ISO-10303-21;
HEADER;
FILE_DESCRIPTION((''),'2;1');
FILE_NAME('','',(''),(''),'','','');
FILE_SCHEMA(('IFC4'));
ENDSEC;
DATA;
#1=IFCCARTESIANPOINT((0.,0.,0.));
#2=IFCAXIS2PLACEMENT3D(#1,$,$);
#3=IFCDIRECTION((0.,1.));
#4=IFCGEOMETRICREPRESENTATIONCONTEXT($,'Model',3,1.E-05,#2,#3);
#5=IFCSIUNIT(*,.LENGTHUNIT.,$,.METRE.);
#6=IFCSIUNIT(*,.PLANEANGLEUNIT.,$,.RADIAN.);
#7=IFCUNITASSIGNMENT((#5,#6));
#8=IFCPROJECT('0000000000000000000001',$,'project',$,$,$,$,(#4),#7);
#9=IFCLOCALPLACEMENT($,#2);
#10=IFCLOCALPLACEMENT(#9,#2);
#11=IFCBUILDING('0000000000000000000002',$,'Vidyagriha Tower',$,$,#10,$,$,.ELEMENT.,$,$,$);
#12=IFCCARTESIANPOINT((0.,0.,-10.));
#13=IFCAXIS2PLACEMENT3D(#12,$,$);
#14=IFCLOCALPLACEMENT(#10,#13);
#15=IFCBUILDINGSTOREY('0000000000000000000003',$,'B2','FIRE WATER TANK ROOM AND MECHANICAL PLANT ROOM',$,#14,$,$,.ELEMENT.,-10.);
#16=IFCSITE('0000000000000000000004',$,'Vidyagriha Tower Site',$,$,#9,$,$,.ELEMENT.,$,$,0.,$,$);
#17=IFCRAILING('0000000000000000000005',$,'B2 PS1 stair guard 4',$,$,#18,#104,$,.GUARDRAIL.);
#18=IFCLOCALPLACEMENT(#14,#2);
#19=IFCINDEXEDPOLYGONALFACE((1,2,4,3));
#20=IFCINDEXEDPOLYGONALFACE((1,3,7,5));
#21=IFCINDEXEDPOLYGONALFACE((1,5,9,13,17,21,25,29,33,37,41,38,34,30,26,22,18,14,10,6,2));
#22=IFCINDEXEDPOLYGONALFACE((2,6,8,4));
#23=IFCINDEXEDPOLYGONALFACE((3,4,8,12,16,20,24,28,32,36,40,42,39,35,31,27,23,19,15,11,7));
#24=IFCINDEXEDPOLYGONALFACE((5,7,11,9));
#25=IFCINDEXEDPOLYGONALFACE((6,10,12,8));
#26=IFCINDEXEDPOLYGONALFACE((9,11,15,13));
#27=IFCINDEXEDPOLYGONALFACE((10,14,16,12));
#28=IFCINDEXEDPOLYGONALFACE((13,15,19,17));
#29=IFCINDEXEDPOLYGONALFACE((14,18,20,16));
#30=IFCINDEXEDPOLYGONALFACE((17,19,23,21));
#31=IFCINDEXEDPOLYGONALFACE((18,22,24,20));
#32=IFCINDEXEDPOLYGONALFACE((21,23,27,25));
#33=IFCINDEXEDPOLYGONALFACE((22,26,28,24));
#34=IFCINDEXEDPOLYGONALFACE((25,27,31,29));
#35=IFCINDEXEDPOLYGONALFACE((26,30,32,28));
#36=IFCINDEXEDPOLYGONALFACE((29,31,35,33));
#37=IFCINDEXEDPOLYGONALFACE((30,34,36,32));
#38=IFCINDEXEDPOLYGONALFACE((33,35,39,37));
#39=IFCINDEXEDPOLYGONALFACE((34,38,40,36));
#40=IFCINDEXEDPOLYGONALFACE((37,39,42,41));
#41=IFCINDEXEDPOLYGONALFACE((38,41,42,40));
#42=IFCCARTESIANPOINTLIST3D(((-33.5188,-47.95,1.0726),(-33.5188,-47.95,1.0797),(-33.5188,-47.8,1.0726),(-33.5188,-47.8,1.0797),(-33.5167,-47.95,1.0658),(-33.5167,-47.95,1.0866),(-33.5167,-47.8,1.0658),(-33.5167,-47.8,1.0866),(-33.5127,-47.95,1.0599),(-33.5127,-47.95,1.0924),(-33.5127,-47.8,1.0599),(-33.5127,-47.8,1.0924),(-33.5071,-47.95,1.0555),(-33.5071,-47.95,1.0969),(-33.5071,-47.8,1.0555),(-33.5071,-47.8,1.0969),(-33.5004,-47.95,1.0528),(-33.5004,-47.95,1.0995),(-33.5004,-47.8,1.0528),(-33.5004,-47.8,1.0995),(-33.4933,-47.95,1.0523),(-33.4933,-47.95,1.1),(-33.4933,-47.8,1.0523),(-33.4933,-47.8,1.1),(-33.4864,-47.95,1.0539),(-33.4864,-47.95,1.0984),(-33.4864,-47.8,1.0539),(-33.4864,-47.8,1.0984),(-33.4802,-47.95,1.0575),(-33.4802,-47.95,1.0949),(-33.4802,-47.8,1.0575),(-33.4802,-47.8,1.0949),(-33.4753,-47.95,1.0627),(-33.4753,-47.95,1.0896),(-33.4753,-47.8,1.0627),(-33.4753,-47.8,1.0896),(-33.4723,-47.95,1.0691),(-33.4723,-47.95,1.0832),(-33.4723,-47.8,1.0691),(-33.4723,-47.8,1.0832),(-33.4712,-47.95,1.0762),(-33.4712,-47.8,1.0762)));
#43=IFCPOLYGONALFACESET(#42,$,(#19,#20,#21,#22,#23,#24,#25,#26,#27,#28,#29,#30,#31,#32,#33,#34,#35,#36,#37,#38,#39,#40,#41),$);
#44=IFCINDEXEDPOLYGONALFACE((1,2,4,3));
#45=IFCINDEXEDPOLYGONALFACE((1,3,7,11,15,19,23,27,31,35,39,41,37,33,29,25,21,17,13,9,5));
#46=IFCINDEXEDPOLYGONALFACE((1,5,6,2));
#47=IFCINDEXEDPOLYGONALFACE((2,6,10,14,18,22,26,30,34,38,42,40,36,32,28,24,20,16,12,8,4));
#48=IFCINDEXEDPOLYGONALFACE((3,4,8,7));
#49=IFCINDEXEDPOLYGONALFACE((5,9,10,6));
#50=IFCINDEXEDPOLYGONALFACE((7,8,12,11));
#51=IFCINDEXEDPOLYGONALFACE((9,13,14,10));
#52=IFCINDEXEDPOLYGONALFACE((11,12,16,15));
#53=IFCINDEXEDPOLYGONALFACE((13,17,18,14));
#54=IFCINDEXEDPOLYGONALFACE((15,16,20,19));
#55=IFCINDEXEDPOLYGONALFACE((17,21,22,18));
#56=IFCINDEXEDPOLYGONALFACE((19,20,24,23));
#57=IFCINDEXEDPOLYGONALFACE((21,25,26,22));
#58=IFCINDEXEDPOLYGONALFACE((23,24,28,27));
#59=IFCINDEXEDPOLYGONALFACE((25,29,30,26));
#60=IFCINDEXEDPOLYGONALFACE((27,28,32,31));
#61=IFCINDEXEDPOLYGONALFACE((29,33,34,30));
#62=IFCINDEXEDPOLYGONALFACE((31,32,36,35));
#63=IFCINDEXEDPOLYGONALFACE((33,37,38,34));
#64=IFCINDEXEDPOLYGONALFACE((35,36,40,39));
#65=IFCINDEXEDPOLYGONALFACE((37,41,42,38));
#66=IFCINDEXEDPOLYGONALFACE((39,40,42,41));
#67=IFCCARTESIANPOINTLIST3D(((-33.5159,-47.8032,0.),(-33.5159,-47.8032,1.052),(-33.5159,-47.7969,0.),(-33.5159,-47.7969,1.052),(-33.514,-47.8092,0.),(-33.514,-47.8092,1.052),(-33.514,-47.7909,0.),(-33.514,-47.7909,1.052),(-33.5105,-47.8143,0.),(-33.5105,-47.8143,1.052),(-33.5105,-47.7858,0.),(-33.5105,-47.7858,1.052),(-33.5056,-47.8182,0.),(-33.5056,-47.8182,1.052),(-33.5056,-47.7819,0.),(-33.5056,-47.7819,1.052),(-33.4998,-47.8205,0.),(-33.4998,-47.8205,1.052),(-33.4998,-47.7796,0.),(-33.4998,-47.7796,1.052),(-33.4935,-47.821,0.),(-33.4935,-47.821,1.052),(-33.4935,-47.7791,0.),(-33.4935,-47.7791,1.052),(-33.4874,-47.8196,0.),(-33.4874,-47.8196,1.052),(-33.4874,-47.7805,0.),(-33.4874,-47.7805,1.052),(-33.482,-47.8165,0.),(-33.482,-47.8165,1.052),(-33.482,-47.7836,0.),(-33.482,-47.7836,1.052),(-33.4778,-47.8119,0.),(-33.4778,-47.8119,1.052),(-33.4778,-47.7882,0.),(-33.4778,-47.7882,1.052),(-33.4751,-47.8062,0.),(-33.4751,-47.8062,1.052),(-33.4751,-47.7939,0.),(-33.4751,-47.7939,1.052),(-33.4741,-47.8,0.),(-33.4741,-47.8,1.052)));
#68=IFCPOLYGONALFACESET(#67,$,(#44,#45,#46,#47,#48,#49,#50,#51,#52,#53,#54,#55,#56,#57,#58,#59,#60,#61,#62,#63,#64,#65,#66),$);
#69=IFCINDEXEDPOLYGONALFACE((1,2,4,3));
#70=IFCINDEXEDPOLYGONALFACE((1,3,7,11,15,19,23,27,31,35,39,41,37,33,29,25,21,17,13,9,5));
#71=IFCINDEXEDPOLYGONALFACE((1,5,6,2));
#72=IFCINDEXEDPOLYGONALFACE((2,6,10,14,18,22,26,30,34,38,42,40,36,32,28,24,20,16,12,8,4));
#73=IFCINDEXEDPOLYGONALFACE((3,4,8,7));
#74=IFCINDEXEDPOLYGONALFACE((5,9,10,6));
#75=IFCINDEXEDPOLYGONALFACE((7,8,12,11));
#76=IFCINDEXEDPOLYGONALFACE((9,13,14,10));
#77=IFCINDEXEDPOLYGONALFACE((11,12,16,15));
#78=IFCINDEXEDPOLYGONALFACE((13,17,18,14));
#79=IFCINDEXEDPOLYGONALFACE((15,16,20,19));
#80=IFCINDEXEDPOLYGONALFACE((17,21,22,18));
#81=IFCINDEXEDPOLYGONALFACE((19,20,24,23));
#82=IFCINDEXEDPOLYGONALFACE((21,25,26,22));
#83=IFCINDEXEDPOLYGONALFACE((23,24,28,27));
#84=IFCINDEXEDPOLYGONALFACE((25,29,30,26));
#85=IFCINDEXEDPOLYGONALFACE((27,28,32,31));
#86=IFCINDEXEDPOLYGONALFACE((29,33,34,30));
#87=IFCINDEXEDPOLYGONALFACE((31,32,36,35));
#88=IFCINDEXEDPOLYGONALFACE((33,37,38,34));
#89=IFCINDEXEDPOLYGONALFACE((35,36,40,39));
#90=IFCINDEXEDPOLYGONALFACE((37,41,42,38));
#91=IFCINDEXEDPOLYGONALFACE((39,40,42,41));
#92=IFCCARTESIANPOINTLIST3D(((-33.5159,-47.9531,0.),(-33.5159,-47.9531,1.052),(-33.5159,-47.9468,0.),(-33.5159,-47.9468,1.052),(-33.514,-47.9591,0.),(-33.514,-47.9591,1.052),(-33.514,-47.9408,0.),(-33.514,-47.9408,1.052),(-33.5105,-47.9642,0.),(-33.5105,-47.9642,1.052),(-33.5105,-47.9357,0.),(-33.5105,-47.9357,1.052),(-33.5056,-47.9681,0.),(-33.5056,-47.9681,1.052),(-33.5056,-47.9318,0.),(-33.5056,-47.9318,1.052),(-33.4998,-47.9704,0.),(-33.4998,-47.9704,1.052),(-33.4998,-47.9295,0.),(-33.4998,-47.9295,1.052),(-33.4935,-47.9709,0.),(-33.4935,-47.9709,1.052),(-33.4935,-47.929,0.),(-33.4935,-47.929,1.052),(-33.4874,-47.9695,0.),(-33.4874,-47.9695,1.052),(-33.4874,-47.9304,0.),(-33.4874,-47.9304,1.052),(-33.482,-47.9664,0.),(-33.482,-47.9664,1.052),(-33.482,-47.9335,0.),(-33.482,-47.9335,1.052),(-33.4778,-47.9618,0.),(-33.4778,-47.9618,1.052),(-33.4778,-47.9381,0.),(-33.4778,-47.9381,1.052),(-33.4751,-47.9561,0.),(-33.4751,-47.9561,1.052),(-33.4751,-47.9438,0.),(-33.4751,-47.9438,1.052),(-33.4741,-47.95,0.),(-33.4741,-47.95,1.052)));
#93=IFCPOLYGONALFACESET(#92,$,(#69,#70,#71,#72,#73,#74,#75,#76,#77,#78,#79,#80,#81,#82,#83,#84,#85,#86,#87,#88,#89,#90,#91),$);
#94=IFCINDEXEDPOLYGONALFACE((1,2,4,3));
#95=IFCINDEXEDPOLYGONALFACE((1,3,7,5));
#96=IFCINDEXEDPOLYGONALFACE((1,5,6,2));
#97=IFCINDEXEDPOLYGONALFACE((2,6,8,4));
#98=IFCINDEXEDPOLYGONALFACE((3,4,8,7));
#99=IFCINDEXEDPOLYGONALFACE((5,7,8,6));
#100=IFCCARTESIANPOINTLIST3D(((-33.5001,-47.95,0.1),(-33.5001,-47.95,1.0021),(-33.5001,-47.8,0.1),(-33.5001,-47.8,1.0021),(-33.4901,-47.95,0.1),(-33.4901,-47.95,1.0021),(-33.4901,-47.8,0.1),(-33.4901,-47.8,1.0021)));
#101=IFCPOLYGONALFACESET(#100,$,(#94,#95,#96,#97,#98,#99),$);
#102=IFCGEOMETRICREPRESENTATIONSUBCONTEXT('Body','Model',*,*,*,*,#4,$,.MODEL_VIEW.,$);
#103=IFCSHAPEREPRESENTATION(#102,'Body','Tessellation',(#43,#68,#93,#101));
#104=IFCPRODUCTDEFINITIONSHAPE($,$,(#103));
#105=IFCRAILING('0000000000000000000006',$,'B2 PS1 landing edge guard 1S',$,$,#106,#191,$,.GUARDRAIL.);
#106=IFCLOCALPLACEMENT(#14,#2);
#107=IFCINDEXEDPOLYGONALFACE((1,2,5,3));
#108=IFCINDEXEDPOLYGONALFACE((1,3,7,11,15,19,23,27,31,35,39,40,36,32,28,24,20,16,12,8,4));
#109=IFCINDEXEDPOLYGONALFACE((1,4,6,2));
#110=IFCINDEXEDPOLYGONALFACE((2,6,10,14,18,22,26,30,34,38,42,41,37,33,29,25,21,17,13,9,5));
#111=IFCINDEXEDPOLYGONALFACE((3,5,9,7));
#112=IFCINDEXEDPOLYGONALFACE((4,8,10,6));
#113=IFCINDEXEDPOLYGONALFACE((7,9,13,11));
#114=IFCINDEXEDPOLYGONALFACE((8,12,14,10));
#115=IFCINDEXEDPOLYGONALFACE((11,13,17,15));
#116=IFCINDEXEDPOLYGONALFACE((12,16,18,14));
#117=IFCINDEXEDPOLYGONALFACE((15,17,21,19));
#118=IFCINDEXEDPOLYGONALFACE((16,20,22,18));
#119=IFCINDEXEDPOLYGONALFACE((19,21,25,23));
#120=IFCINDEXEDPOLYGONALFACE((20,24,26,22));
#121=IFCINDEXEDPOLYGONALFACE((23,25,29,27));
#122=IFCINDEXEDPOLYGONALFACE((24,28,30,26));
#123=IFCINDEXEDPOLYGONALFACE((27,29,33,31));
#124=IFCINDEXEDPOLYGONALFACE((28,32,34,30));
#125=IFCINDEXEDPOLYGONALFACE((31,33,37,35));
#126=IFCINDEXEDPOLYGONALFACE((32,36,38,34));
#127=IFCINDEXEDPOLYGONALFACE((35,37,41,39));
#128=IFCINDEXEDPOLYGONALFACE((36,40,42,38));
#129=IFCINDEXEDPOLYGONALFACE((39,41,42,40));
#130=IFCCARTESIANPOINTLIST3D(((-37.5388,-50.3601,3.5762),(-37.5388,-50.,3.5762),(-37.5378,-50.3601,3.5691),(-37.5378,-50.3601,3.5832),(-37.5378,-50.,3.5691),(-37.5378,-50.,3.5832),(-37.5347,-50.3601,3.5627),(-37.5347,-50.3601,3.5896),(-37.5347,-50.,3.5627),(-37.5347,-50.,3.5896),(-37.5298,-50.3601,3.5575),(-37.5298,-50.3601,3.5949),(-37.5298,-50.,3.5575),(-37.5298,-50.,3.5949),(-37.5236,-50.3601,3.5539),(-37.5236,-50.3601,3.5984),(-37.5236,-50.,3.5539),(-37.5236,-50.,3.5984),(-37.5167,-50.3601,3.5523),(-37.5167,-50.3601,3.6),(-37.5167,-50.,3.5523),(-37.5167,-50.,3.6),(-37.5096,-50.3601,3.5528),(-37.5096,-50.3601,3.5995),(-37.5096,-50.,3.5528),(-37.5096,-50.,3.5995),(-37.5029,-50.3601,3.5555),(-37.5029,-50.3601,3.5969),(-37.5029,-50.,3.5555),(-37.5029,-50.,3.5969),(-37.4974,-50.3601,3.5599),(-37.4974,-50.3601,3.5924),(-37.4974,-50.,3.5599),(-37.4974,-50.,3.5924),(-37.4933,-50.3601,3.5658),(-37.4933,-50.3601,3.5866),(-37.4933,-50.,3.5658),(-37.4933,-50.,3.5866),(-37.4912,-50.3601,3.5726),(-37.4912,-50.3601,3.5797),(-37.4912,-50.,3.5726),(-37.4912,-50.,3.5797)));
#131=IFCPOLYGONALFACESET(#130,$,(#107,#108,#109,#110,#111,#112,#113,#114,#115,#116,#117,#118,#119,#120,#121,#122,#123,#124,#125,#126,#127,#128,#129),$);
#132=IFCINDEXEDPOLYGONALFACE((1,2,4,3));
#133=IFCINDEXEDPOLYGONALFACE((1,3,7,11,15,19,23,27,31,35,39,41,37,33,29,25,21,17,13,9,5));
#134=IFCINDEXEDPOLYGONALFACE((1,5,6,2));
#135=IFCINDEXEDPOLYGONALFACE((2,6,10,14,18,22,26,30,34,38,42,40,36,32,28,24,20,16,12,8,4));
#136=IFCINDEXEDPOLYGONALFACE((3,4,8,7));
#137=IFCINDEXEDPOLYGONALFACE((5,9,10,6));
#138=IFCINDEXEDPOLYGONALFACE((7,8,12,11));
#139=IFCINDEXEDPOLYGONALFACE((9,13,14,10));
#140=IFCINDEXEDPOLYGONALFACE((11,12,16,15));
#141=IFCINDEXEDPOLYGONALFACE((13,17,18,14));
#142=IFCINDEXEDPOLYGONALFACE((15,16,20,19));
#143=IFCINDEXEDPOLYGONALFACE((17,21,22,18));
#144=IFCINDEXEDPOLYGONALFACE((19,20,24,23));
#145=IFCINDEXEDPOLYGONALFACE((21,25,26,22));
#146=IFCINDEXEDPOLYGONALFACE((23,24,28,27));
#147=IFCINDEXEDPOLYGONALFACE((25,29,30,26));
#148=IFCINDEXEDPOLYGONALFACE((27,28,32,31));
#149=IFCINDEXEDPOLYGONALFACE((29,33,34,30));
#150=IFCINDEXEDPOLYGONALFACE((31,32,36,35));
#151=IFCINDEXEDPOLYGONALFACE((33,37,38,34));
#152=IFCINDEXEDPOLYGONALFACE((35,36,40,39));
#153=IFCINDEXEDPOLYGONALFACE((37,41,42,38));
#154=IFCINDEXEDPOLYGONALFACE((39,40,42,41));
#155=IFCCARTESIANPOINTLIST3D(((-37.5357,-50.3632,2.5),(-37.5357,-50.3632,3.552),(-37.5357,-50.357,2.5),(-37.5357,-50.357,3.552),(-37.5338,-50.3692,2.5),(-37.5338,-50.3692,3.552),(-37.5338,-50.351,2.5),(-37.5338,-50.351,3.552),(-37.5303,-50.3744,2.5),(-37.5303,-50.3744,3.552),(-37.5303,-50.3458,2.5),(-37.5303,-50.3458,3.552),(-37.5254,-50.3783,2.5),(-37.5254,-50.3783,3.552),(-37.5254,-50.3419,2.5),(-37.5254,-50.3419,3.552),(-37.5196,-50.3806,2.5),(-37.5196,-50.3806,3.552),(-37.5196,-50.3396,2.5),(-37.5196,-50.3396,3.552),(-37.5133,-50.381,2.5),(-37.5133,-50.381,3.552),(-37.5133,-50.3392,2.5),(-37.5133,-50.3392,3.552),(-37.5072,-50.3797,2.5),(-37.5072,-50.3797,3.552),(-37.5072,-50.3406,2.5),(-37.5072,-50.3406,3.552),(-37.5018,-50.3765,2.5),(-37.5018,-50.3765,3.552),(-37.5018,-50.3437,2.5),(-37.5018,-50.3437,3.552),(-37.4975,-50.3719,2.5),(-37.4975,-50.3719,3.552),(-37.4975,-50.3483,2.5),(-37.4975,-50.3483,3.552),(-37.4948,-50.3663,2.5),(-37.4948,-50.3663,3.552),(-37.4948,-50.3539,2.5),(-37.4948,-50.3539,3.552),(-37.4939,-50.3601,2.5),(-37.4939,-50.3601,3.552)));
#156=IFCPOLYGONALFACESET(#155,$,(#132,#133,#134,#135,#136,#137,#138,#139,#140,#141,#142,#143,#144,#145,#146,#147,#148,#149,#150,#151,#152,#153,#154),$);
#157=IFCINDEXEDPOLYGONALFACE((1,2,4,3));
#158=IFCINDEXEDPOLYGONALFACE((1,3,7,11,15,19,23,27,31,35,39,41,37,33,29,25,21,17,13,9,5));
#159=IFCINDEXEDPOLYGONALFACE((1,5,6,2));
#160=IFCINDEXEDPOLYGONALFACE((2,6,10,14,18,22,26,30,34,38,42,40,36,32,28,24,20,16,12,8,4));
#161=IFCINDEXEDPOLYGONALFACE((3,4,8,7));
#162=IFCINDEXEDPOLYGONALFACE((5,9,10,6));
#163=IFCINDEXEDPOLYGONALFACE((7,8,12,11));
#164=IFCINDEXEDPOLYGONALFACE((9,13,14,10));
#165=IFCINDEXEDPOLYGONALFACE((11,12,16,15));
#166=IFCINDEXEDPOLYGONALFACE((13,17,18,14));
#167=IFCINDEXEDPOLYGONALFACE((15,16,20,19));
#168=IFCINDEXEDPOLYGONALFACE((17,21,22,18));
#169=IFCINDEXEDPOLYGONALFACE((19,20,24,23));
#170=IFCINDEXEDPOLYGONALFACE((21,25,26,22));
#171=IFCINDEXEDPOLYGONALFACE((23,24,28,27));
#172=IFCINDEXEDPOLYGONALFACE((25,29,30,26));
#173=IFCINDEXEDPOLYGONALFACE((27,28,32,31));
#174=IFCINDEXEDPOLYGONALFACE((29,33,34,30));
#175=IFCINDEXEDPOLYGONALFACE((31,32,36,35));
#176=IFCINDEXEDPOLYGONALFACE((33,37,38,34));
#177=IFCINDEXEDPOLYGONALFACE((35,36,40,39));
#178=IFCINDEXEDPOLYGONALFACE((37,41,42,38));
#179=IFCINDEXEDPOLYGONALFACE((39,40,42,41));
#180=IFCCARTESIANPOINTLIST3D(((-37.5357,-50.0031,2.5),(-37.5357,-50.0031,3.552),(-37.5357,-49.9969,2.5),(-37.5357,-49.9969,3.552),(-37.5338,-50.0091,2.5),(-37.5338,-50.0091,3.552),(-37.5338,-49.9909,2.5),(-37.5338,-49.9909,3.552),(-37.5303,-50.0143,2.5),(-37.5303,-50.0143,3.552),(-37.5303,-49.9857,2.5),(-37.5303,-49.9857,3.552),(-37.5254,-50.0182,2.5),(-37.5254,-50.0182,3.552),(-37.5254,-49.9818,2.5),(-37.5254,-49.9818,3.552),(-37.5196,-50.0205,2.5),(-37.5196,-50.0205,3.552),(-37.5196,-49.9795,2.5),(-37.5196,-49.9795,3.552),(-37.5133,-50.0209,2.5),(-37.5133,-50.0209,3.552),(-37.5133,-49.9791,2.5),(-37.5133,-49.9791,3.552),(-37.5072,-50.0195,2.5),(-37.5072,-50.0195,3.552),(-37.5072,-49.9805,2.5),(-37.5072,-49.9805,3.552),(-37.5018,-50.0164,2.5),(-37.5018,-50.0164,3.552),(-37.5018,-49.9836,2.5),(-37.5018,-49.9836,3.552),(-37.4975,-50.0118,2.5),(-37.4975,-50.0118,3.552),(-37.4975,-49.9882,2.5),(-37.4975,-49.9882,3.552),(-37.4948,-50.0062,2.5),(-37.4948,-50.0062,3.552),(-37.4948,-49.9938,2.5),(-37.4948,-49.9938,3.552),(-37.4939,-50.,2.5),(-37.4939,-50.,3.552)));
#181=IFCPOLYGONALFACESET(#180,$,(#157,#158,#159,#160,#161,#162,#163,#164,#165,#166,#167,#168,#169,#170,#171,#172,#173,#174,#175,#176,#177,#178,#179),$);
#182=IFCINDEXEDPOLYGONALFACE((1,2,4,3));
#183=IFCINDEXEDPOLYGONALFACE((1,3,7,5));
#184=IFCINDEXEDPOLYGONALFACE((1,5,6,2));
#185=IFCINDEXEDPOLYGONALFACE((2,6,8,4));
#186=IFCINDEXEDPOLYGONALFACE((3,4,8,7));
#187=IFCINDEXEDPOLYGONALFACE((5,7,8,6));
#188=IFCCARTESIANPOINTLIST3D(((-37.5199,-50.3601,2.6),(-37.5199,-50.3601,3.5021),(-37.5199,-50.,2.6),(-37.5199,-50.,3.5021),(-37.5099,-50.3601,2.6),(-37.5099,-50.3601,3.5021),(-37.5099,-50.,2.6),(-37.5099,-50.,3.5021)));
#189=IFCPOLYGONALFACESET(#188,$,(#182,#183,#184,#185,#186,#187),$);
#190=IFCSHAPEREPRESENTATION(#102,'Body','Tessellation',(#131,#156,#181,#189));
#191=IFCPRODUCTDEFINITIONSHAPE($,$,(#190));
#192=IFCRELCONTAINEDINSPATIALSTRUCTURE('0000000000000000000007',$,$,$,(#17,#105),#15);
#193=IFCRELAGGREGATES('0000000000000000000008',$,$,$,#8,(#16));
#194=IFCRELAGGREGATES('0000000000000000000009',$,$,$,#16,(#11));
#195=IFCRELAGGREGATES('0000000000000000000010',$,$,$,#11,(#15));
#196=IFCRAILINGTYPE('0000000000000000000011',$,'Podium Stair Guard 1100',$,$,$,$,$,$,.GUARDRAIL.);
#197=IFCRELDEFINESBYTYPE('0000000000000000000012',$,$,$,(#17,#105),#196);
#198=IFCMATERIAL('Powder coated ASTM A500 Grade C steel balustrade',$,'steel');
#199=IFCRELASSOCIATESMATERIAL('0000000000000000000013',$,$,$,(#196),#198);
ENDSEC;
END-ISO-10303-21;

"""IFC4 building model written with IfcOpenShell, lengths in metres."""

from ifc_helpers import new_model, si_unit, direction, frame, origin, origin_2d, place, context, subcontext, project, spatial, rectangle, circle, extrude, material, type_object, element, save


model = new_model("IFC4")

# Units and contexts
model_context = context("Model", 3, precision=1e-05, world=origin(), true_north=direction((0.0, 1.0)))
body_context = subcontext(model_context, "Body", "Model", "MODEL_VIEW")
ifc_project = project(units=[si_unit("LENGTHUNIT", "METRE"), si_unit("PLANEANGLEUNIT", "RADIAN")], contexts=[model_context])

# Site, building, storey
site_placement = place(None, origin())
site = spatial("IfcSite", under=ifc_project, at=site_placement, Name="Vidyagriha Tower Site", CompositionType="ELEMENT", RefElevation=0.0)
building_placement = place(site_placement, origin())
building = spatial("IfcBuilding", under=site, at=building_placement, Name="Vidyagriha Tower", CompositionType="ELEMENT")
storey_placement = place(building_placement, frame((0.0, 0.0, -10.0)))
storey = spatial("IfcBuildingStorey", under=building, at=storey_placement, Name="B2", Description="FIRE WATER TANK ROOM AND MECHANICAL PLANT ROOM", CompositionType="ELEMENT", Elevation=-10.0)

# Railings
ifc_material_1 = material(Name="Powder coated ASTM A500 Grade C steel balustrade", Category="steel")
railing_type_1 = type_object("IfcRailingType", Name="Podium Stair Guard 1100", PredefinedType="GUARDRAIL", material=ifc_material_1)
railing_1_placement = place(storey_placement, frame((-33.4951, -47.8, 0.0)))
element("IfcRailing", 1, at=railing_1_placement, inside=storey, type_object=railing_type_1, Name="B2 PS1 stair guard 4", PredefinedType="GUARDRAIL", context=body_context, shape_type="SweptSolid", body=[
    extrude(circle(Radius=0.0239, at=origin_2d()), frame((0.0, 0.0, 1.0762), z_axis=(0.0, -1.0, 0.0), x_axis=(1.0, 0.0, 0.0)), (0.0, 0.0, 1.0), 0.1499),
    extrude(circle(Radius=0.021, at=origin_2d()), origin(), (0.0, 0.0, 1.0), 1.052),
    extrude(circle(Radius=0.021, at=origin_2d()), frame((0.0, -0.1499, 0.0)), (0.0, 0.0, 1.0), 1.052),
    extrude(rectangle(XDim=0.01, YDim=0.9021, at=origin_2d()), frame((0.0, 0.0, 0.551), z_axis=(0.0, -1.0, 0.0), x_axis=(1.0, 0.0, 0.0)), (0.0, 0.0, 1.0), 0.1499),
])
railing_2_placement = place(storey_placement, frame((-37.5149, -50.3601, 2.5)))
element("IfcRailing", 2, at=railing_2_placement, inside=storey, type_object=railing_type_1, Name="B2 PS1 landing edge guard 1S", PredefinedType="GUARDRAIL", context=body_context, shape_type="SweptSolid", body=[
    extrude(circle(Radius=0.0239, at=origin_2d()), frame((0.0, 0.0, 1.0762), z_axis=(0.0, 1.0, 0.0), x_axis=(-1.0, 0.0, 0.0)), (0.0, 0.0, 1.0), 0.3601),
    extrude(circle(Radius=0.021, at=origin_2d()), origin(), (0.0, 0.0, 1.0), 1.052),
    extrude(circle(Radius=0.021, at=origin_2d()), frame((0.0, 0.3601, 0.0)), (0.0, 0.0, 1.0), 1.052),
    extrude(rectangle(XDim=0.01, YDim=0.9021, at=origin_2d()), frame((0.0, 0.0, 0.551), z_axis=(0.0, 1.0, 0.0), x_axis=(-1.0, 0.0, 0.0)), (0.0, 0.0, 1.0), 0.3601),
])

save(model, "model.ifc")
